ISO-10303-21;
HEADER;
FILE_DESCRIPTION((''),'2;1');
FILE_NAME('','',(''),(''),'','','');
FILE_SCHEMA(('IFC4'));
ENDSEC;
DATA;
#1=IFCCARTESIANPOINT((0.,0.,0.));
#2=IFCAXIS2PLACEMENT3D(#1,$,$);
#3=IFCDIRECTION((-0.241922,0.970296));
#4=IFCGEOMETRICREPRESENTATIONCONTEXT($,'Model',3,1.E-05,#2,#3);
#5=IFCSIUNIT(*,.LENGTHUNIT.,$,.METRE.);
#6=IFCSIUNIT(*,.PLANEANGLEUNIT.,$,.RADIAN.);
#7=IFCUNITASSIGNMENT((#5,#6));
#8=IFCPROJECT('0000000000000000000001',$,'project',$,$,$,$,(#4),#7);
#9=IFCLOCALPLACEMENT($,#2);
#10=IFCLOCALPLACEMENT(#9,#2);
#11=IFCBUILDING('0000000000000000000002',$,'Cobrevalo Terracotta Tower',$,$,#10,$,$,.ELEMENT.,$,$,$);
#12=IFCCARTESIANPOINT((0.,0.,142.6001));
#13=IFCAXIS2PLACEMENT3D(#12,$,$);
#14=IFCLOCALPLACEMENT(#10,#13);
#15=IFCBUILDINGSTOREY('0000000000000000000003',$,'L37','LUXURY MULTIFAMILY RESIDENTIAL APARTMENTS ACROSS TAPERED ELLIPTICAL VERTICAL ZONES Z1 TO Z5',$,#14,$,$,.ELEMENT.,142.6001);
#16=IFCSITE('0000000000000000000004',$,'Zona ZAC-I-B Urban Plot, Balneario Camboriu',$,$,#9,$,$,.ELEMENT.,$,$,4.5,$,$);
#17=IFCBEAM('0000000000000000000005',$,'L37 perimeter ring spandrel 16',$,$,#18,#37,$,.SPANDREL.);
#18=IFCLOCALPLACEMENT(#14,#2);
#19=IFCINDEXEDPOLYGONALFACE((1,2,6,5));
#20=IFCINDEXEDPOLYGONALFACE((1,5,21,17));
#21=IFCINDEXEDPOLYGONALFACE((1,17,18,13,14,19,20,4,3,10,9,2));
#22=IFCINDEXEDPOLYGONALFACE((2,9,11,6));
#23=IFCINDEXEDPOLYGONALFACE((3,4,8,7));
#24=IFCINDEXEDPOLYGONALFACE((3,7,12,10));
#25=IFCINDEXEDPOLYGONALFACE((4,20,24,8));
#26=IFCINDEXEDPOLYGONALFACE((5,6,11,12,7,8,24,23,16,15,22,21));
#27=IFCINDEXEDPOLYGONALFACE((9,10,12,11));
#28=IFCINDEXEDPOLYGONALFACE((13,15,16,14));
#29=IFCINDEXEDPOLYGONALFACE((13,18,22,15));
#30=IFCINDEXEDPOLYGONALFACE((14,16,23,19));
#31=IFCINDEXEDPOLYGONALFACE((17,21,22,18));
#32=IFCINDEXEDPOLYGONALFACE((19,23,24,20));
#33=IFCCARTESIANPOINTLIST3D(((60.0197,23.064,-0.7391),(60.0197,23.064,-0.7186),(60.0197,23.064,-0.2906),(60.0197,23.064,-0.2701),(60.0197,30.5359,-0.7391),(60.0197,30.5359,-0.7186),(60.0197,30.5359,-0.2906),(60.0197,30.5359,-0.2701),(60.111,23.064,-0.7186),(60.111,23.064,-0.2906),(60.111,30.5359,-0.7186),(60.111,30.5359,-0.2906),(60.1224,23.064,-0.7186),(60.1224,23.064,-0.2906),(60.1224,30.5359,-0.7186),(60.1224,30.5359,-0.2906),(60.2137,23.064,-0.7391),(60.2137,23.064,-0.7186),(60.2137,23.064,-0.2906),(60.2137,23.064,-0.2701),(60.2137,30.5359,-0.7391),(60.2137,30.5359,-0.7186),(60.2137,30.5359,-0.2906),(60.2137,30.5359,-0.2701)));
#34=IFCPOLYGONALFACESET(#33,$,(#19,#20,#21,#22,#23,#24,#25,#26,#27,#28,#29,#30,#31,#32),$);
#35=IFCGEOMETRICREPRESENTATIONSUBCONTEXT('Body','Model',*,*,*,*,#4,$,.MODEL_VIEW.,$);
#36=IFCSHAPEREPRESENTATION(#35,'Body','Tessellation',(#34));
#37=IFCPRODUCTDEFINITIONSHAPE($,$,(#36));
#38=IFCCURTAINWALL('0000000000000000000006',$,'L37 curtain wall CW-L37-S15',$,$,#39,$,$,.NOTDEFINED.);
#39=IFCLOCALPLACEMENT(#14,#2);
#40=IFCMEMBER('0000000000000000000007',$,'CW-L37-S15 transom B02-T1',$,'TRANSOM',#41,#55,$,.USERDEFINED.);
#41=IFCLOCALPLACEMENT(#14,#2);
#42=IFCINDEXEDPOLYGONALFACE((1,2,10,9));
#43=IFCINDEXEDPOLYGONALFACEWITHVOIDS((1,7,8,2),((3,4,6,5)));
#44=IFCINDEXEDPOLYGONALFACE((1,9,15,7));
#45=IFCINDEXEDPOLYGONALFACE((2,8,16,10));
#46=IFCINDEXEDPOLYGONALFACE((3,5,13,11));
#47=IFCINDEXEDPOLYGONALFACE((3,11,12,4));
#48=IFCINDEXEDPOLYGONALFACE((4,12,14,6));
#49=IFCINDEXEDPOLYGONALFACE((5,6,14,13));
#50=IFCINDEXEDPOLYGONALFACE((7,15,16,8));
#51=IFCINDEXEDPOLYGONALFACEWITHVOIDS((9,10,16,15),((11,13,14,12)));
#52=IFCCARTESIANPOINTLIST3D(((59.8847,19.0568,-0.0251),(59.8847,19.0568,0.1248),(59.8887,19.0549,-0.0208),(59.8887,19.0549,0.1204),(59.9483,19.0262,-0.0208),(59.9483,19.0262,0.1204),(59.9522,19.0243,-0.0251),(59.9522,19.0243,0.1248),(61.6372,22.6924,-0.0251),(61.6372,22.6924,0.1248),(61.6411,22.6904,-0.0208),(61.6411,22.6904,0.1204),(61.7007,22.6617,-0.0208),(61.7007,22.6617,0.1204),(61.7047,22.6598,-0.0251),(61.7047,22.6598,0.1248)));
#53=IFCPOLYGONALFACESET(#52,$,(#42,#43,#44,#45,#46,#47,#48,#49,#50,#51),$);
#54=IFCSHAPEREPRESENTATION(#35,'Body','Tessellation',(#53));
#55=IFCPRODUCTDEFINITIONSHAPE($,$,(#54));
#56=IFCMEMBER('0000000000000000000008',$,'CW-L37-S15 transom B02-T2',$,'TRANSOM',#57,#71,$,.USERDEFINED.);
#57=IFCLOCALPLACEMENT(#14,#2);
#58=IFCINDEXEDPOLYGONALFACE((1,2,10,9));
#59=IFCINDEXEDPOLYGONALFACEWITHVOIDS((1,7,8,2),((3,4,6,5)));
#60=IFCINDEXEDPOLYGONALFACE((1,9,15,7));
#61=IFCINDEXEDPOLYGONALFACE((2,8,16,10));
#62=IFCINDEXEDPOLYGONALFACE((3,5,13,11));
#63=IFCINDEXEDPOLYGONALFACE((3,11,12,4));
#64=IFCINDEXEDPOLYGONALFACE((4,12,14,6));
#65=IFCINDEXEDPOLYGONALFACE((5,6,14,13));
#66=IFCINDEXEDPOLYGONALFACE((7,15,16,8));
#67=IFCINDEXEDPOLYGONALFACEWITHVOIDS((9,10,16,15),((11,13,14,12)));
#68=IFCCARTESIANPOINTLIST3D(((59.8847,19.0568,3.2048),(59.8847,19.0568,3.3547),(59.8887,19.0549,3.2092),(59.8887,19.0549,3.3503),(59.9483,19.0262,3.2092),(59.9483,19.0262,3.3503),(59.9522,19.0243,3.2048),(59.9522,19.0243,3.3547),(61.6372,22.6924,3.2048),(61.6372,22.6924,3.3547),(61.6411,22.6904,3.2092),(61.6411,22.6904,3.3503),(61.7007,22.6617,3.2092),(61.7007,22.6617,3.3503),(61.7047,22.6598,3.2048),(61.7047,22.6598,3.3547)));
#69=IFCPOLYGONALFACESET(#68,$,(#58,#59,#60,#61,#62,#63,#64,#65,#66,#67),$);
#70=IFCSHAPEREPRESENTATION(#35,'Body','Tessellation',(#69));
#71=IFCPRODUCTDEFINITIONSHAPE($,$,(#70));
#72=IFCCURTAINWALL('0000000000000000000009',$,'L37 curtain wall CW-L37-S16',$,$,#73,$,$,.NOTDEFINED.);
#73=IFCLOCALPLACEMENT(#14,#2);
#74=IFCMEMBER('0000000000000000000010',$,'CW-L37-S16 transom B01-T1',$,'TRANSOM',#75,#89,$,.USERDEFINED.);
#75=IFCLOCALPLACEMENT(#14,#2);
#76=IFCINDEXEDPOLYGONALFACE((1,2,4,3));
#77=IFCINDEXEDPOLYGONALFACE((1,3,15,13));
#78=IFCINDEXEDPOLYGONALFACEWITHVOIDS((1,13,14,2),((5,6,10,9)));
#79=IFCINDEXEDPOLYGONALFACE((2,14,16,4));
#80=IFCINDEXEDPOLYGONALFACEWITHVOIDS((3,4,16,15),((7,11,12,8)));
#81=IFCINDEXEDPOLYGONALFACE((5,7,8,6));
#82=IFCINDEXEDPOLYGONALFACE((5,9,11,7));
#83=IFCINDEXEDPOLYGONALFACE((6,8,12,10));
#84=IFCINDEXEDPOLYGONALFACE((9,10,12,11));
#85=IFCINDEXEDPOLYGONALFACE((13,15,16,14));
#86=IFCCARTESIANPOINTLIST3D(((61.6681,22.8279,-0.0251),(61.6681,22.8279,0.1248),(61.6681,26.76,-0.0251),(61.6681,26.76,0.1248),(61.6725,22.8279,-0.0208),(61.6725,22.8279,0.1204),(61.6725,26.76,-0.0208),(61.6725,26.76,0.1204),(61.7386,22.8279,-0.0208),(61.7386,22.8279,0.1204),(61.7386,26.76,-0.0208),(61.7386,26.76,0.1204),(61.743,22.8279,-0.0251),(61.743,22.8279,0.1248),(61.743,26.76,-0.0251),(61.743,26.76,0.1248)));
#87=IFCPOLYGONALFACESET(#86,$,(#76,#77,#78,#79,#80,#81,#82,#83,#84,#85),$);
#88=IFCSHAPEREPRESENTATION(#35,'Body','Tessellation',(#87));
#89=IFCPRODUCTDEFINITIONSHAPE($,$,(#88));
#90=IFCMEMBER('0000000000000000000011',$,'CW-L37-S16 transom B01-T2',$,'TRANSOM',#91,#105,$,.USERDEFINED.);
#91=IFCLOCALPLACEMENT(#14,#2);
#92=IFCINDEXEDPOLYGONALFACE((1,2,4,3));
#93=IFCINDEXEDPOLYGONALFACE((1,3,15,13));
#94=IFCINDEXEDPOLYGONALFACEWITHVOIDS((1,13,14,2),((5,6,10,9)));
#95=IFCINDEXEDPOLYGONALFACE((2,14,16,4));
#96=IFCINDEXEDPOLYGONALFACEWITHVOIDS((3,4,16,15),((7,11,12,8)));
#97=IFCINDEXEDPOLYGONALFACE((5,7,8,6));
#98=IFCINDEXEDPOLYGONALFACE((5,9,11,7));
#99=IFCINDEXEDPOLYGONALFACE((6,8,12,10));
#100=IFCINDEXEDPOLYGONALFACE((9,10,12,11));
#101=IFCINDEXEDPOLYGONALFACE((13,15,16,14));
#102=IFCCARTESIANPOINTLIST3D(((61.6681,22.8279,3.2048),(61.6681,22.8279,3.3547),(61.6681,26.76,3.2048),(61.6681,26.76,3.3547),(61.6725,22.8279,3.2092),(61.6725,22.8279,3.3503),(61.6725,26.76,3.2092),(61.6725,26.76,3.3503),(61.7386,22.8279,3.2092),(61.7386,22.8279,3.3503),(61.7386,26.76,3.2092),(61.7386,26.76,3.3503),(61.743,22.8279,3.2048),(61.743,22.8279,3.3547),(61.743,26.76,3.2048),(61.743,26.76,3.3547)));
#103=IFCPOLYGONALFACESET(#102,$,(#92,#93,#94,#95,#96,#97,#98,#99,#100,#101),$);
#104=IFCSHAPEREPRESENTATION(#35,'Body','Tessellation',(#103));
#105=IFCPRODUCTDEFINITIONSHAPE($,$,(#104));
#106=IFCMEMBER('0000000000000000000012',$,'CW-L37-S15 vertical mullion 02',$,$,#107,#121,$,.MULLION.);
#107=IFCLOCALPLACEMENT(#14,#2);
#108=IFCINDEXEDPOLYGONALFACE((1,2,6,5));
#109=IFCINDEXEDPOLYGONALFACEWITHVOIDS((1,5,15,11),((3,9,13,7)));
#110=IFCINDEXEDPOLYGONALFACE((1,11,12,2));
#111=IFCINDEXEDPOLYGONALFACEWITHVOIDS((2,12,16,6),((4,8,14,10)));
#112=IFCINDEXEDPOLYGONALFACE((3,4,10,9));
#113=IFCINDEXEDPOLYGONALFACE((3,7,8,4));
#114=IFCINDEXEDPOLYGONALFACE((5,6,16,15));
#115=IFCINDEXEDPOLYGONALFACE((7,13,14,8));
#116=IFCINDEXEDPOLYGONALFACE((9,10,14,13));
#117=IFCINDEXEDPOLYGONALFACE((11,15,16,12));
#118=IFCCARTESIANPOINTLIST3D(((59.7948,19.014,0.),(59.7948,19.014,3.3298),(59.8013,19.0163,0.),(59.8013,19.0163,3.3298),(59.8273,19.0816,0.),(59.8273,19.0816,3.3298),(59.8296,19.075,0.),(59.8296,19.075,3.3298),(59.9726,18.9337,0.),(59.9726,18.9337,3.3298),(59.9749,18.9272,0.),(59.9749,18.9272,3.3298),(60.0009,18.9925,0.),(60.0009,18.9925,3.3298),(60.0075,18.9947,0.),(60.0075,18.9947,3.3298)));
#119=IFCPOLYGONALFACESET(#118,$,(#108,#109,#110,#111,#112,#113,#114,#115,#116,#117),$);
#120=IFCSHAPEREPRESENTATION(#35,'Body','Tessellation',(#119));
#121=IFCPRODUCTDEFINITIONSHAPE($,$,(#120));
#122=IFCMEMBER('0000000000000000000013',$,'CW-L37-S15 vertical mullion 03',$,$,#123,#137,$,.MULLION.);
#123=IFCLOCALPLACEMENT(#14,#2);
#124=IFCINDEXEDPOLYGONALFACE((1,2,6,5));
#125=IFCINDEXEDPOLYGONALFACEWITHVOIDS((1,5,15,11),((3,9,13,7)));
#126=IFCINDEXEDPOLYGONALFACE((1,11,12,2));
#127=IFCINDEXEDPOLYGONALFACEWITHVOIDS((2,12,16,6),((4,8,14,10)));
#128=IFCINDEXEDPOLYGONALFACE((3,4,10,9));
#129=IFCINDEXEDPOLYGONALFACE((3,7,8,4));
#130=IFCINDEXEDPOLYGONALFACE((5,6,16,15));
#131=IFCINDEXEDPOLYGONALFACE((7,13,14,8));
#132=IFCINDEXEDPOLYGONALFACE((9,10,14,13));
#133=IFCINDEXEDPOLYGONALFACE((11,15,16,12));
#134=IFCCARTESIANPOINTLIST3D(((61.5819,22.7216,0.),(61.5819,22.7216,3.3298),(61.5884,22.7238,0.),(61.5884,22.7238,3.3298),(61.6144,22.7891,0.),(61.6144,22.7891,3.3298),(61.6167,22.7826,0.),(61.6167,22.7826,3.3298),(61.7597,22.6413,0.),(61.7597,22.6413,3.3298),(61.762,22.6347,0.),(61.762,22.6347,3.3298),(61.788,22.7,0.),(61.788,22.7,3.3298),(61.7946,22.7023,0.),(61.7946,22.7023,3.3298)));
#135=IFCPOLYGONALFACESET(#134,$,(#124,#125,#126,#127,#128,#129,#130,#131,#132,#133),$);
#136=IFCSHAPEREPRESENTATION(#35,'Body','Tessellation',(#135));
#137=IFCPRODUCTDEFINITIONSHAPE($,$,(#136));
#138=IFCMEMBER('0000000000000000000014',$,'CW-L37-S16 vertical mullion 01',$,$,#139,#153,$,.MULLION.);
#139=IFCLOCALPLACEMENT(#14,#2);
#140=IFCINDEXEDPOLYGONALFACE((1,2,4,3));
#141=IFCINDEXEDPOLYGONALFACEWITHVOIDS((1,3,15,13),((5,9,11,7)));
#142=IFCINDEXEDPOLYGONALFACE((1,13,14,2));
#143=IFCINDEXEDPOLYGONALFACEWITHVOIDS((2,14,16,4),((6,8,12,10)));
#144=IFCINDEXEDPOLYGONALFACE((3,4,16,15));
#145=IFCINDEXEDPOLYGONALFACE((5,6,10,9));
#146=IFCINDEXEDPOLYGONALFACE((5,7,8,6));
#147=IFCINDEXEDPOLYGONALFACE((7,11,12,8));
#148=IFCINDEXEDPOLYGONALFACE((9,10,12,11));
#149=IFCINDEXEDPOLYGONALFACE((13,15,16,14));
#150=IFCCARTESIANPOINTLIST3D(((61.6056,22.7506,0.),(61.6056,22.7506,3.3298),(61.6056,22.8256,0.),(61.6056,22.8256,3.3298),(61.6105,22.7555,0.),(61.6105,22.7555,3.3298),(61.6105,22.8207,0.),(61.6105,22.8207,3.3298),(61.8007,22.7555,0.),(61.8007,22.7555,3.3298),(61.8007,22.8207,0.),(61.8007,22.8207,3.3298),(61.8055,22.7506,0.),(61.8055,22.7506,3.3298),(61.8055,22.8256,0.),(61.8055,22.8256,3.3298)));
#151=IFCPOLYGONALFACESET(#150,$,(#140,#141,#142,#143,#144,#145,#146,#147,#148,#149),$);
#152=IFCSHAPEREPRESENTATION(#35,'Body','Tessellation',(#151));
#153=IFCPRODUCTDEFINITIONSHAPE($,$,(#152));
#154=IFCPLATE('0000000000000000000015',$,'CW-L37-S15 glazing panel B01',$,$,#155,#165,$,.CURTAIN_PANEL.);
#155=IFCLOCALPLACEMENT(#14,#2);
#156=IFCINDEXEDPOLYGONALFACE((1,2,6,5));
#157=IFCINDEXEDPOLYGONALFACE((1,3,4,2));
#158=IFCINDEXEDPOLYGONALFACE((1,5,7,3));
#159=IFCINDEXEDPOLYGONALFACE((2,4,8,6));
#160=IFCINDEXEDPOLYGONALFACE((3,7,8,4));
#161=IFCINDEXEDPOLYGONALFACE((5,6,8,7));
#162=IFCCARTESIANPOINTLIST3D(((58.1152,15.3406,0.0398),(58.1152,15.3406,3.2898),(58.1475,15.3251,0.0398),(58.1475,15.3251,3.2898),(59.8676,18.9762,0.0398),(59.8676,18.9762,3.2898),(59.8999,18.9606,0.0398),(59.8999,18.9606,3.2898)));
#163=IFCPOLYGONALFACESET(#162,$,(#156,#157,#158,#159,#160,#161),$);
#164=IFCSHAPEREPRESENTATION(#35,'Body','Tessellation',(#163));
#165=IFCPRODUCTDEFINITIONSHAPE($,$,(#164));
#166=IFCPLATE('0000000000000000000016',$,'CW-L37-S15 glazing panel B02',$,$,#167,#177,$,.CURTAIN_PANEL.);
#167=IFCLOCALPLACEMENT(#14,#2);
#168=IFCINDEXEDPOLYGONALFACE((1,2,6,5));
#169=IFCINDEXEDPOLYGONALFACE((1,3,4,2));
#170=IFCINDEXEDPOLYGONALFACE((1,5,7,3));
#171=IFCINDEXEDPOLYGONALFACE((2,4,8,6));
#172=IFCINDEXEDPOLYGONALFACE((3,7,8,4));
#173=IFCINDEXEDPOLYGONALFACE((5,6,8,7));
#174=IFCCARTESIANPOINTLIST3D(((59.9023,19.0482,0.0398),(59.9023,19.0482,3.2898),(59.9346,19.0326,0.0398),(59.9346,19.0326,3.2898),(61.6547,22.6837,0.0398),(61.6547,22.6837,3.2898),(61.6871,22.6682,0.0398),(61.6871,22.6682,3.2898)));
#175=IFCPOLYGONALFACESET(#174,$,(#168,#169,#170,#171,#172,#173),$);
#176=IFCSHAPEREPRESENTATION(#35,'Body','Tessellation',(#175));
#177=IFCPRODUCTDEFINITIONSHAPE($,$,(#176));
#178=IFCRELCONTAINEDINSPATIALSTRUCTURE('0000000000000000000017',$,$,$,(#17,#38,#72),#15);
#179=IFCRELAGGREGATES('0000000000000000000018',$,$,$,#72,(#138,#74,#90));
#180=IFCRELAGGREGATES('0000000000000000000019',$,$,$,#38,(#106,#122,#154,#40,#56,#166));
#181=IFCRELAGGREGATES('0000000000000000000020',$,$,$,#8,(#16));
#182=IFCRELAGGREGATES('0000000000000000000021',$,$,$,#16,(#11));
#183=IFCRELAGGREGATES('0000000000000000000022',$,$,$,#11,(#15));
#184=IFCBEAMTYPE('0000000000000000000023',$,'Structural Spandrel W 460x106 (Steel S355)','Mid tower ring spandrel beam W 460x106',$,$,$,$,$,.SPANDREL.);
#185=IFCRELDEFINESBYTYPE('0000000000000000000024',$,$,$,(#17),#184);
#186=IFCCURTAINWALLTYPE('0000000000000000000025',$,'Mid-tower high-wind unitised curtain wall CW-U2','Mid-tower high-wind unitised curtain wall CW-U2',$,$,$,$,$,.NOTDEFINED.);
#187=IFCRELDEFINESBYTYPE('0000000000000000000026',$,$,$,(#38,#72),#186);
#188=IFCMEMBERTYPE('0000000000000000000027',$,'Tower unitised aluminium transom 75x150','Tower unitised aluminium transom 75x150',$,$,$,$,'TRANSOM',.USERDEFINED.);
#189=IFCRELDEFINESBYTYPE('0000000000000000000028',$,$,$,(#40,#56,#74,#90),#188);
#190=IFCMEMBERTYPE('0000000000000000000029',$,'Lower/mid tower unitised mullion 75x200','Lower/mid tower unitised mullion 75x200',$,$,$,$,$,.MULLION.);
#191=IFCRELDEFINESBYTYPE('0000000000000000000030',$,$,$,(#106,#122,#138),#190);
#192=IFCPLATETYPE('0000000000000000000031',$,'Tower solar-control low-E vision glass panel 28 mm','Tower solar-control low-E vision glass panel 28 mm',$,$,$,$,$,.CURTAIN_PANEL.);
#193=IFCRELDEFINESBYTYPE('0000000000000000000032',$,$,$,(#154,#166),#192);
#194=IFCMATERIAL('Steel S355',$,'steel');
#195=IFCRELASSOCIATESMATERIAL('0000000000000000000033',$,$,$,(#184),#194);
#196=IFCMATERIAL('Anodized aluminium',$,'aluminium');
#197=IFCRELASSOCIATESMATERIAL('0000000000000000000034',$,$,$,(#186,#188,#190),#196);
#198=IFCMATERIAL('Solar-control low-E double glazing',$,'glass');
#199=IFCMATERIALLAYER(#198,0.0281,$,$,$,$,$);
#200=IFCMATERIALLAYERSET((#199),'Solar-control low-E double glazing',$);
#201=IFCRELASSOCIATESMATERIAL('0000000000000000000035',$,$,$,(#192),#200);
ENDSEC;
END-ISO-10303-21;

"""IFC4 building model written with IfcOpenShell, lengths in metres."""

from ifc_helpers import new_model, si_unit, direction, frame, origin, origin_2d, place, context, subcontext, project, spatial, rectangle, hollow_rectangle, i_section, extrude, source, transform, mapped, material, layer, layer_set, material_profile, profile_set, type_object, element, aggregate, save


model = new_model("IFC4")

# Units and contexts
model_context = context("Model", 3, precision=1e-05, world=origin(), true_north=direction((-0.241922, 0.970296)))
body_context = subcontext(model_context, "Body", "Model", "MODEL_VIEW")
ifc_project = project(units=[si_unit("LENGTHUNIT", "METRE"), si_unit("PLANEANGLEUNIT", "RADIAN")], contexts=[model_context])

# Site, building, storey
site_placement = place(None, origin())
site = spatial("IfcSite", under=ifc_project, at=site_placement, Name="Zona ZAC-I-B Urban Plot, Balneario Camboriu", CompositionType="ELEMENT", RefElevation=4.5)
building_placement = place(site_placement, origin())
building = spatial("IfcBuilding", under=site, at=building_placement, Name="Cobrevalo Terracotta Tower", CompositionType="ELEMENT")
storey_placement = place(building_placement, frame((0.0, 0.0, 142.6001)))
storey = spatial("IfcBuildingStorey", under=building, at=storey_placement, Name="L37", Description="LUXURY MULTIFAMILY RESIDENTIAL APARTMENTS ACROSS TAPERED ELLIPTICAL VERTICAL ZONES Z1 TO Z5", CompositionType="ELEMENT", Elevation=142.6001)

# Shared definitions
ifc_material_1 = material(Name="Steel S355", Category="steel")

# Beam
ifc_material_profile_1 = material_profile(ifc_material_1, i_section(OverallWidth=0.1941, OverallDepth=0.469, WebThickness=0.0115, FlangeThickness=0.0205, at=origin_2d()), Name="W 460x106")
ifc_profile_set_1 = profile_set([ifc_material_profile_1], Name="Steel S355")
beam_type_1 = type_object("IfcBeamType", Name="Structural Spandrel W 460x106 (Steel S355)", Description="Mid tower ring spandrel beam W 460x106", PredefinedType="SPANDREL", material=ifc_profile_set_1)
beam_1_placement = place(storey_placement, frame((60.1167, 23.064, -0.5046), z_axis=(0.0, 1.0, 0.0), x_axis=(-1.0, 0.0, 0.0)))
element("IfcBeam", 1, at=beam_1_placement, inside=storey, type_object=beam_type_1, Name="L37 perimeter ring spandrel 16", PredefinedType="SPANDREL", context=body_context, shape_type="SweptSolid", body=[
    extrude(i_section(OverallWidth=0.1941, OverallDepth=0.469, WebThickness=0.0115, FlangeThickness=0.0205, at=origin_2d()), origin(), (0.0, 0.0, 1.0), 7.4719),
])

# Curtain walls, members
ifc_material_2 = material(Name="Anodized aluminium", Category="aluminium")
curtain_wall_type = type_object("IfcCurtainWallType", Name="Mid-tower high-wind unitised curtain wall CW-U2", Description="Mid-tower high-wind unitised curtain wall CW-U2", PredefinedType="NOTDEFINED", material=ifc_material_2)
curtain_wall_1_placement = place(storey_placement, origin())
curtain_wall_1 = element("IfcCurtainWall", 2, at=curtain_wall_1_placement, inside=storey, type_object=curtain_wall_type, Name="L37 curtain wall CW-L37-S15", PredefinedType="NOTDEFINED")
ifc_material_profile_2 = material_profile(ifc_material_2, hollow_rectangle(XDim=0.075, YDim=0.1499, WallThickness=0.0044, at=origin_2d()), Name="CWT 75x150")
ifc_profile_set_2 = profile_set([ifc_material_profile_2], Name="Anodized aluminium")
member_type_1 = type_object("IfcMemberType", Name="Tower unitised aluminium transom 75x150", Description="Tower unitised aluminium transom 75x150", ElementType="TRANSOM", PredefinedType="USERDEFINED", material=ifc_profile_set_2)
shared_shape_1 = source(origin(), body_context, "Body", "SweptSolid", [
    extrude(hollow_rectangle(XDim=0.075, YDim=0.1499, WallThickness=0.0044, at=origin_2d()), origin(), (0.0, 0.0, 1.0), 4.0359),
])
member_1_placement = place(storey_placement, frame((59.9185, 19.0405, 0.0498), z_axis=(0.434221, 0.900806, 0.0), x_axis=(-0.900806, 0.434221, 0.0)))
member_1 = element("IfcMember", 3, at=member_1_placement, type_object=member_type_1, Name="CW-L37-S15 transom B02-T1", ObjectType="TRANSOM", PredefinedType="USERDEFINED", context=body_context, shape_type="MappedRepresentation", body=[
    mapped(shared_shape_1, transform((0.0, 0.0, 0.0), scale=1.0)),
])
member_2_placement = place(storey_placement, frame((59.9185, 19.0405, 3.2798), z_axis=(0.434221, 0.900806, 0.0), x_axis=(-0.900806, 0.434221, 0.0)))
member_2 = element("IfcMember", 4, at=member_2_placement, type_object=member_type_1, Name="CW-L37-S15 transom B02-T2", ObjectType="TRANSOM", PredefinedType="USERDEFINED", context=body_context, shape_type="MappedRepresentation", body=[
    mapped(shared_shape_1, transform((0.0, 0.0, 0.0), scale=1.0)),
])
curtain_wall_2_placement = place(storey_placement, origin())
curtain_wall_2 = element("IfcCurtainWall", 5, at=curtain_wall_2_placement, inside=storey, type_object=curtain_wall_type, Name="L37 curtain wall CW-L37-S16", PredefinedType="NOTDEFINED")
shared_shape_2 = source(origin(), body_context, "Body", "SweptSolid", [
    extrude(hollow_rectangle(XDim=0.075, YDim=0.1499, WallThickness=0.0044, at=origin_2d()), origin(), (0.0, 0.0, 1.0), 3.9321),
])
member_3_placement = place(storey_placement, frame((61.7056, 22.8279, 0.0498), z_axis=(0.0, 1.0, 0.0), x_axis=(-1.0, 0.0, 0.0)))
member_3 = element("IfcMember", 6, at=member_3_placement, type_object=member_type_1, Name="CW-L37-S16 transom B01-T1", ObjectType="TRANSOM", PredefinedType="USERDEFINED", context=body_context, shape_type="MappedRepresentation", body=[
    mapped(shared_shape_2, transform((0.0, 0.0, 0.0), scale=1.0)),
])
member_4_placement = place(storey_placement, frame((61.7056, 22.8279, 3.2798), z_axis=(0.0, 1.0, 0.0), x_axis=(-1.0, 0.0, 0.0)))
member_4 = element("IfcMember", 7, at=member_4_placement, type_object=member_type_1, Name="CW-L37-S16 transom B01-T2", ObjectType="TRANSOM", PredefinedType="USERDEFINED", context=body_context, shape_type="MappedRepresentation", body=[
    mapped(shared_shape_2, transform((0.0, 0.0, 0.0), scale=1.0)),
])

# Members
ifc_material_profile_3 = material_profile(ifc_material_2, hollow_rectangle(XDim=0.075, YDim=0.2, WallThickness=0.0049, at=origin_2d()), Name="CWM 75x200")
ifc_profile_set_3 = profile_set([ifc_material_profile_3], Name="Anodized aluminium")
member_type_2 = type_object("IfcMemberType", Name="Lower/mid tower unitised mullion 75x200", Description="Lower/mid tower unitised mullion 75x200", PredefinedType="MULLION", material=ifc_profile_set_3)
shared_shape_3 = source(origin(), body_context, "Body", "SweptSolid", [
    extrude(hollow_rectangle(XDim=0.075, YDim=0.2, WallThickness=0.0049, at=origin_2d()), origin(), (0.0, 0.0, 1.0), 3.3298),
])
member_5_placement = place(storey_placement, frame((59.9011, 19.0044, 0.0), z_axis=(0.0, 0.0, 1.0), x_axis=(0.434209, 0.900812, 0.0)))
member_5 = element("IfcMember", 8, at=member_5_placement, type_object=member_type_2, Name="CW-L37-S15 vertical mullion 02", PredefinedType="MULLION", context=body_context, shape_type="MappedRepresentation", body=[
    mapped(shared_shape_3, transform((0.0, 0.0, 0.0), scale=1.0)),
])
member_6_placement = place(storey_placement, frame((61.6882, 22.7119, 0.0), z_axis=(0.0, 0.0, 1.0), x_axis=(0.434209, 0.900812, 0.0)))
member_6 = element("IfcMember", 9, at=member_6_placement, type_object=member_type_2, Name="CW-L37-S15 vertical mullion 03", PredefinedType="MULLION", context=body_context, shape_type="MappedRepresentation", body=[
    mapped(shared_shape_3, transform((0.0, 0.0, 0.0), scale=1.0)),
])
member_7_placement = place(storey_placement, frame((61.7056, 22.7881, 0.0), z_axis=(0.0, 0.0, 1.0), x_axis=(0.0, 1.0, 0.0)))
member_7 = element("IfcMember", 10, at=member_7_placement, type_object=member_type_2, Name="CW-L37-S16 vertical mullion 01", PredefinedType="MULLION", context=body_context, shape_type="MappedRepresentation", body=[
    mapped(shared_shape_3, transform((0.0, 0.0, 0.0), scale=1.0)),
])
aggregate(curtain_wall_2, [member_7, member_3, member_4])

# Plates
ifc_material_3 = material(Name="Solar-control low-E double glazing", Category="glass")
ifc_layer_1 = layer(ifc_material_3, 0.0281)
ifc_layer_set_1 = layer_set([ifc_layer_1], Name="Solar-control low-E double glazing")
plate_type = type_object("IfcPlateType", Name="Tower solar-control low-E vision glass panel 28 mm", Description="Tower solar-control low-E vision glass panel 28 mm", PredefinedType="CURTAIN_PANEL", material=ifc_layer_set_1)
shared_shape_4 = source(origin(), body_context, "Body", "SweptSolid", [
    extrude(rectangle(XDim=4.0359, YDim=0.0359, at=origin_2d()), origin(), (0.0, 0.0, 1.0), 3.25),
])
plate_1_placement = place(storey_placement, frame((59.0076, 17.1506, 0.0398), z_axis=(0.0, 0.0, 1.0), x_axis=(0.434209, 0.900812, 0.0)))
plate_1 = element("IfcPlate", 11, at=plate_1_placement, type_object=plate_type, Name="CW-L37-S15 glazing panel B01", PredefinedType="CURTAIN_PANEL", context=body_context, shape_type="MappedRepresentation", body=[
    mapped(shared_shape_4, transform((0.0, 0.0, 0.0), scale=1.0)),
])
plate_2_placement = place(storey_placement, frame((60.7947, 20.8582, 0.0398), z_axis=(0.0, 0.0, 1.0), x_axis=(0.434209, 0.900812, 0.0)))
plate_2 = element("IfcPlate", 12, at=plate_2_placement, type_object=plate_type, Name="CW-L37-S15 glazing panel B02", PredefinedType="CURTAIN_PANEL", context=body_context, shape_type="MappedRepresentation", body=[
    mapped(shared_shape_4, transform((0.0, 0.0, 0.0), scale=1.0)),
])
aggregate(curtain_wall_1, [member_5, member_6, plate_1, member_1, member_2, plate_2])

save(model, "model.ifc")
